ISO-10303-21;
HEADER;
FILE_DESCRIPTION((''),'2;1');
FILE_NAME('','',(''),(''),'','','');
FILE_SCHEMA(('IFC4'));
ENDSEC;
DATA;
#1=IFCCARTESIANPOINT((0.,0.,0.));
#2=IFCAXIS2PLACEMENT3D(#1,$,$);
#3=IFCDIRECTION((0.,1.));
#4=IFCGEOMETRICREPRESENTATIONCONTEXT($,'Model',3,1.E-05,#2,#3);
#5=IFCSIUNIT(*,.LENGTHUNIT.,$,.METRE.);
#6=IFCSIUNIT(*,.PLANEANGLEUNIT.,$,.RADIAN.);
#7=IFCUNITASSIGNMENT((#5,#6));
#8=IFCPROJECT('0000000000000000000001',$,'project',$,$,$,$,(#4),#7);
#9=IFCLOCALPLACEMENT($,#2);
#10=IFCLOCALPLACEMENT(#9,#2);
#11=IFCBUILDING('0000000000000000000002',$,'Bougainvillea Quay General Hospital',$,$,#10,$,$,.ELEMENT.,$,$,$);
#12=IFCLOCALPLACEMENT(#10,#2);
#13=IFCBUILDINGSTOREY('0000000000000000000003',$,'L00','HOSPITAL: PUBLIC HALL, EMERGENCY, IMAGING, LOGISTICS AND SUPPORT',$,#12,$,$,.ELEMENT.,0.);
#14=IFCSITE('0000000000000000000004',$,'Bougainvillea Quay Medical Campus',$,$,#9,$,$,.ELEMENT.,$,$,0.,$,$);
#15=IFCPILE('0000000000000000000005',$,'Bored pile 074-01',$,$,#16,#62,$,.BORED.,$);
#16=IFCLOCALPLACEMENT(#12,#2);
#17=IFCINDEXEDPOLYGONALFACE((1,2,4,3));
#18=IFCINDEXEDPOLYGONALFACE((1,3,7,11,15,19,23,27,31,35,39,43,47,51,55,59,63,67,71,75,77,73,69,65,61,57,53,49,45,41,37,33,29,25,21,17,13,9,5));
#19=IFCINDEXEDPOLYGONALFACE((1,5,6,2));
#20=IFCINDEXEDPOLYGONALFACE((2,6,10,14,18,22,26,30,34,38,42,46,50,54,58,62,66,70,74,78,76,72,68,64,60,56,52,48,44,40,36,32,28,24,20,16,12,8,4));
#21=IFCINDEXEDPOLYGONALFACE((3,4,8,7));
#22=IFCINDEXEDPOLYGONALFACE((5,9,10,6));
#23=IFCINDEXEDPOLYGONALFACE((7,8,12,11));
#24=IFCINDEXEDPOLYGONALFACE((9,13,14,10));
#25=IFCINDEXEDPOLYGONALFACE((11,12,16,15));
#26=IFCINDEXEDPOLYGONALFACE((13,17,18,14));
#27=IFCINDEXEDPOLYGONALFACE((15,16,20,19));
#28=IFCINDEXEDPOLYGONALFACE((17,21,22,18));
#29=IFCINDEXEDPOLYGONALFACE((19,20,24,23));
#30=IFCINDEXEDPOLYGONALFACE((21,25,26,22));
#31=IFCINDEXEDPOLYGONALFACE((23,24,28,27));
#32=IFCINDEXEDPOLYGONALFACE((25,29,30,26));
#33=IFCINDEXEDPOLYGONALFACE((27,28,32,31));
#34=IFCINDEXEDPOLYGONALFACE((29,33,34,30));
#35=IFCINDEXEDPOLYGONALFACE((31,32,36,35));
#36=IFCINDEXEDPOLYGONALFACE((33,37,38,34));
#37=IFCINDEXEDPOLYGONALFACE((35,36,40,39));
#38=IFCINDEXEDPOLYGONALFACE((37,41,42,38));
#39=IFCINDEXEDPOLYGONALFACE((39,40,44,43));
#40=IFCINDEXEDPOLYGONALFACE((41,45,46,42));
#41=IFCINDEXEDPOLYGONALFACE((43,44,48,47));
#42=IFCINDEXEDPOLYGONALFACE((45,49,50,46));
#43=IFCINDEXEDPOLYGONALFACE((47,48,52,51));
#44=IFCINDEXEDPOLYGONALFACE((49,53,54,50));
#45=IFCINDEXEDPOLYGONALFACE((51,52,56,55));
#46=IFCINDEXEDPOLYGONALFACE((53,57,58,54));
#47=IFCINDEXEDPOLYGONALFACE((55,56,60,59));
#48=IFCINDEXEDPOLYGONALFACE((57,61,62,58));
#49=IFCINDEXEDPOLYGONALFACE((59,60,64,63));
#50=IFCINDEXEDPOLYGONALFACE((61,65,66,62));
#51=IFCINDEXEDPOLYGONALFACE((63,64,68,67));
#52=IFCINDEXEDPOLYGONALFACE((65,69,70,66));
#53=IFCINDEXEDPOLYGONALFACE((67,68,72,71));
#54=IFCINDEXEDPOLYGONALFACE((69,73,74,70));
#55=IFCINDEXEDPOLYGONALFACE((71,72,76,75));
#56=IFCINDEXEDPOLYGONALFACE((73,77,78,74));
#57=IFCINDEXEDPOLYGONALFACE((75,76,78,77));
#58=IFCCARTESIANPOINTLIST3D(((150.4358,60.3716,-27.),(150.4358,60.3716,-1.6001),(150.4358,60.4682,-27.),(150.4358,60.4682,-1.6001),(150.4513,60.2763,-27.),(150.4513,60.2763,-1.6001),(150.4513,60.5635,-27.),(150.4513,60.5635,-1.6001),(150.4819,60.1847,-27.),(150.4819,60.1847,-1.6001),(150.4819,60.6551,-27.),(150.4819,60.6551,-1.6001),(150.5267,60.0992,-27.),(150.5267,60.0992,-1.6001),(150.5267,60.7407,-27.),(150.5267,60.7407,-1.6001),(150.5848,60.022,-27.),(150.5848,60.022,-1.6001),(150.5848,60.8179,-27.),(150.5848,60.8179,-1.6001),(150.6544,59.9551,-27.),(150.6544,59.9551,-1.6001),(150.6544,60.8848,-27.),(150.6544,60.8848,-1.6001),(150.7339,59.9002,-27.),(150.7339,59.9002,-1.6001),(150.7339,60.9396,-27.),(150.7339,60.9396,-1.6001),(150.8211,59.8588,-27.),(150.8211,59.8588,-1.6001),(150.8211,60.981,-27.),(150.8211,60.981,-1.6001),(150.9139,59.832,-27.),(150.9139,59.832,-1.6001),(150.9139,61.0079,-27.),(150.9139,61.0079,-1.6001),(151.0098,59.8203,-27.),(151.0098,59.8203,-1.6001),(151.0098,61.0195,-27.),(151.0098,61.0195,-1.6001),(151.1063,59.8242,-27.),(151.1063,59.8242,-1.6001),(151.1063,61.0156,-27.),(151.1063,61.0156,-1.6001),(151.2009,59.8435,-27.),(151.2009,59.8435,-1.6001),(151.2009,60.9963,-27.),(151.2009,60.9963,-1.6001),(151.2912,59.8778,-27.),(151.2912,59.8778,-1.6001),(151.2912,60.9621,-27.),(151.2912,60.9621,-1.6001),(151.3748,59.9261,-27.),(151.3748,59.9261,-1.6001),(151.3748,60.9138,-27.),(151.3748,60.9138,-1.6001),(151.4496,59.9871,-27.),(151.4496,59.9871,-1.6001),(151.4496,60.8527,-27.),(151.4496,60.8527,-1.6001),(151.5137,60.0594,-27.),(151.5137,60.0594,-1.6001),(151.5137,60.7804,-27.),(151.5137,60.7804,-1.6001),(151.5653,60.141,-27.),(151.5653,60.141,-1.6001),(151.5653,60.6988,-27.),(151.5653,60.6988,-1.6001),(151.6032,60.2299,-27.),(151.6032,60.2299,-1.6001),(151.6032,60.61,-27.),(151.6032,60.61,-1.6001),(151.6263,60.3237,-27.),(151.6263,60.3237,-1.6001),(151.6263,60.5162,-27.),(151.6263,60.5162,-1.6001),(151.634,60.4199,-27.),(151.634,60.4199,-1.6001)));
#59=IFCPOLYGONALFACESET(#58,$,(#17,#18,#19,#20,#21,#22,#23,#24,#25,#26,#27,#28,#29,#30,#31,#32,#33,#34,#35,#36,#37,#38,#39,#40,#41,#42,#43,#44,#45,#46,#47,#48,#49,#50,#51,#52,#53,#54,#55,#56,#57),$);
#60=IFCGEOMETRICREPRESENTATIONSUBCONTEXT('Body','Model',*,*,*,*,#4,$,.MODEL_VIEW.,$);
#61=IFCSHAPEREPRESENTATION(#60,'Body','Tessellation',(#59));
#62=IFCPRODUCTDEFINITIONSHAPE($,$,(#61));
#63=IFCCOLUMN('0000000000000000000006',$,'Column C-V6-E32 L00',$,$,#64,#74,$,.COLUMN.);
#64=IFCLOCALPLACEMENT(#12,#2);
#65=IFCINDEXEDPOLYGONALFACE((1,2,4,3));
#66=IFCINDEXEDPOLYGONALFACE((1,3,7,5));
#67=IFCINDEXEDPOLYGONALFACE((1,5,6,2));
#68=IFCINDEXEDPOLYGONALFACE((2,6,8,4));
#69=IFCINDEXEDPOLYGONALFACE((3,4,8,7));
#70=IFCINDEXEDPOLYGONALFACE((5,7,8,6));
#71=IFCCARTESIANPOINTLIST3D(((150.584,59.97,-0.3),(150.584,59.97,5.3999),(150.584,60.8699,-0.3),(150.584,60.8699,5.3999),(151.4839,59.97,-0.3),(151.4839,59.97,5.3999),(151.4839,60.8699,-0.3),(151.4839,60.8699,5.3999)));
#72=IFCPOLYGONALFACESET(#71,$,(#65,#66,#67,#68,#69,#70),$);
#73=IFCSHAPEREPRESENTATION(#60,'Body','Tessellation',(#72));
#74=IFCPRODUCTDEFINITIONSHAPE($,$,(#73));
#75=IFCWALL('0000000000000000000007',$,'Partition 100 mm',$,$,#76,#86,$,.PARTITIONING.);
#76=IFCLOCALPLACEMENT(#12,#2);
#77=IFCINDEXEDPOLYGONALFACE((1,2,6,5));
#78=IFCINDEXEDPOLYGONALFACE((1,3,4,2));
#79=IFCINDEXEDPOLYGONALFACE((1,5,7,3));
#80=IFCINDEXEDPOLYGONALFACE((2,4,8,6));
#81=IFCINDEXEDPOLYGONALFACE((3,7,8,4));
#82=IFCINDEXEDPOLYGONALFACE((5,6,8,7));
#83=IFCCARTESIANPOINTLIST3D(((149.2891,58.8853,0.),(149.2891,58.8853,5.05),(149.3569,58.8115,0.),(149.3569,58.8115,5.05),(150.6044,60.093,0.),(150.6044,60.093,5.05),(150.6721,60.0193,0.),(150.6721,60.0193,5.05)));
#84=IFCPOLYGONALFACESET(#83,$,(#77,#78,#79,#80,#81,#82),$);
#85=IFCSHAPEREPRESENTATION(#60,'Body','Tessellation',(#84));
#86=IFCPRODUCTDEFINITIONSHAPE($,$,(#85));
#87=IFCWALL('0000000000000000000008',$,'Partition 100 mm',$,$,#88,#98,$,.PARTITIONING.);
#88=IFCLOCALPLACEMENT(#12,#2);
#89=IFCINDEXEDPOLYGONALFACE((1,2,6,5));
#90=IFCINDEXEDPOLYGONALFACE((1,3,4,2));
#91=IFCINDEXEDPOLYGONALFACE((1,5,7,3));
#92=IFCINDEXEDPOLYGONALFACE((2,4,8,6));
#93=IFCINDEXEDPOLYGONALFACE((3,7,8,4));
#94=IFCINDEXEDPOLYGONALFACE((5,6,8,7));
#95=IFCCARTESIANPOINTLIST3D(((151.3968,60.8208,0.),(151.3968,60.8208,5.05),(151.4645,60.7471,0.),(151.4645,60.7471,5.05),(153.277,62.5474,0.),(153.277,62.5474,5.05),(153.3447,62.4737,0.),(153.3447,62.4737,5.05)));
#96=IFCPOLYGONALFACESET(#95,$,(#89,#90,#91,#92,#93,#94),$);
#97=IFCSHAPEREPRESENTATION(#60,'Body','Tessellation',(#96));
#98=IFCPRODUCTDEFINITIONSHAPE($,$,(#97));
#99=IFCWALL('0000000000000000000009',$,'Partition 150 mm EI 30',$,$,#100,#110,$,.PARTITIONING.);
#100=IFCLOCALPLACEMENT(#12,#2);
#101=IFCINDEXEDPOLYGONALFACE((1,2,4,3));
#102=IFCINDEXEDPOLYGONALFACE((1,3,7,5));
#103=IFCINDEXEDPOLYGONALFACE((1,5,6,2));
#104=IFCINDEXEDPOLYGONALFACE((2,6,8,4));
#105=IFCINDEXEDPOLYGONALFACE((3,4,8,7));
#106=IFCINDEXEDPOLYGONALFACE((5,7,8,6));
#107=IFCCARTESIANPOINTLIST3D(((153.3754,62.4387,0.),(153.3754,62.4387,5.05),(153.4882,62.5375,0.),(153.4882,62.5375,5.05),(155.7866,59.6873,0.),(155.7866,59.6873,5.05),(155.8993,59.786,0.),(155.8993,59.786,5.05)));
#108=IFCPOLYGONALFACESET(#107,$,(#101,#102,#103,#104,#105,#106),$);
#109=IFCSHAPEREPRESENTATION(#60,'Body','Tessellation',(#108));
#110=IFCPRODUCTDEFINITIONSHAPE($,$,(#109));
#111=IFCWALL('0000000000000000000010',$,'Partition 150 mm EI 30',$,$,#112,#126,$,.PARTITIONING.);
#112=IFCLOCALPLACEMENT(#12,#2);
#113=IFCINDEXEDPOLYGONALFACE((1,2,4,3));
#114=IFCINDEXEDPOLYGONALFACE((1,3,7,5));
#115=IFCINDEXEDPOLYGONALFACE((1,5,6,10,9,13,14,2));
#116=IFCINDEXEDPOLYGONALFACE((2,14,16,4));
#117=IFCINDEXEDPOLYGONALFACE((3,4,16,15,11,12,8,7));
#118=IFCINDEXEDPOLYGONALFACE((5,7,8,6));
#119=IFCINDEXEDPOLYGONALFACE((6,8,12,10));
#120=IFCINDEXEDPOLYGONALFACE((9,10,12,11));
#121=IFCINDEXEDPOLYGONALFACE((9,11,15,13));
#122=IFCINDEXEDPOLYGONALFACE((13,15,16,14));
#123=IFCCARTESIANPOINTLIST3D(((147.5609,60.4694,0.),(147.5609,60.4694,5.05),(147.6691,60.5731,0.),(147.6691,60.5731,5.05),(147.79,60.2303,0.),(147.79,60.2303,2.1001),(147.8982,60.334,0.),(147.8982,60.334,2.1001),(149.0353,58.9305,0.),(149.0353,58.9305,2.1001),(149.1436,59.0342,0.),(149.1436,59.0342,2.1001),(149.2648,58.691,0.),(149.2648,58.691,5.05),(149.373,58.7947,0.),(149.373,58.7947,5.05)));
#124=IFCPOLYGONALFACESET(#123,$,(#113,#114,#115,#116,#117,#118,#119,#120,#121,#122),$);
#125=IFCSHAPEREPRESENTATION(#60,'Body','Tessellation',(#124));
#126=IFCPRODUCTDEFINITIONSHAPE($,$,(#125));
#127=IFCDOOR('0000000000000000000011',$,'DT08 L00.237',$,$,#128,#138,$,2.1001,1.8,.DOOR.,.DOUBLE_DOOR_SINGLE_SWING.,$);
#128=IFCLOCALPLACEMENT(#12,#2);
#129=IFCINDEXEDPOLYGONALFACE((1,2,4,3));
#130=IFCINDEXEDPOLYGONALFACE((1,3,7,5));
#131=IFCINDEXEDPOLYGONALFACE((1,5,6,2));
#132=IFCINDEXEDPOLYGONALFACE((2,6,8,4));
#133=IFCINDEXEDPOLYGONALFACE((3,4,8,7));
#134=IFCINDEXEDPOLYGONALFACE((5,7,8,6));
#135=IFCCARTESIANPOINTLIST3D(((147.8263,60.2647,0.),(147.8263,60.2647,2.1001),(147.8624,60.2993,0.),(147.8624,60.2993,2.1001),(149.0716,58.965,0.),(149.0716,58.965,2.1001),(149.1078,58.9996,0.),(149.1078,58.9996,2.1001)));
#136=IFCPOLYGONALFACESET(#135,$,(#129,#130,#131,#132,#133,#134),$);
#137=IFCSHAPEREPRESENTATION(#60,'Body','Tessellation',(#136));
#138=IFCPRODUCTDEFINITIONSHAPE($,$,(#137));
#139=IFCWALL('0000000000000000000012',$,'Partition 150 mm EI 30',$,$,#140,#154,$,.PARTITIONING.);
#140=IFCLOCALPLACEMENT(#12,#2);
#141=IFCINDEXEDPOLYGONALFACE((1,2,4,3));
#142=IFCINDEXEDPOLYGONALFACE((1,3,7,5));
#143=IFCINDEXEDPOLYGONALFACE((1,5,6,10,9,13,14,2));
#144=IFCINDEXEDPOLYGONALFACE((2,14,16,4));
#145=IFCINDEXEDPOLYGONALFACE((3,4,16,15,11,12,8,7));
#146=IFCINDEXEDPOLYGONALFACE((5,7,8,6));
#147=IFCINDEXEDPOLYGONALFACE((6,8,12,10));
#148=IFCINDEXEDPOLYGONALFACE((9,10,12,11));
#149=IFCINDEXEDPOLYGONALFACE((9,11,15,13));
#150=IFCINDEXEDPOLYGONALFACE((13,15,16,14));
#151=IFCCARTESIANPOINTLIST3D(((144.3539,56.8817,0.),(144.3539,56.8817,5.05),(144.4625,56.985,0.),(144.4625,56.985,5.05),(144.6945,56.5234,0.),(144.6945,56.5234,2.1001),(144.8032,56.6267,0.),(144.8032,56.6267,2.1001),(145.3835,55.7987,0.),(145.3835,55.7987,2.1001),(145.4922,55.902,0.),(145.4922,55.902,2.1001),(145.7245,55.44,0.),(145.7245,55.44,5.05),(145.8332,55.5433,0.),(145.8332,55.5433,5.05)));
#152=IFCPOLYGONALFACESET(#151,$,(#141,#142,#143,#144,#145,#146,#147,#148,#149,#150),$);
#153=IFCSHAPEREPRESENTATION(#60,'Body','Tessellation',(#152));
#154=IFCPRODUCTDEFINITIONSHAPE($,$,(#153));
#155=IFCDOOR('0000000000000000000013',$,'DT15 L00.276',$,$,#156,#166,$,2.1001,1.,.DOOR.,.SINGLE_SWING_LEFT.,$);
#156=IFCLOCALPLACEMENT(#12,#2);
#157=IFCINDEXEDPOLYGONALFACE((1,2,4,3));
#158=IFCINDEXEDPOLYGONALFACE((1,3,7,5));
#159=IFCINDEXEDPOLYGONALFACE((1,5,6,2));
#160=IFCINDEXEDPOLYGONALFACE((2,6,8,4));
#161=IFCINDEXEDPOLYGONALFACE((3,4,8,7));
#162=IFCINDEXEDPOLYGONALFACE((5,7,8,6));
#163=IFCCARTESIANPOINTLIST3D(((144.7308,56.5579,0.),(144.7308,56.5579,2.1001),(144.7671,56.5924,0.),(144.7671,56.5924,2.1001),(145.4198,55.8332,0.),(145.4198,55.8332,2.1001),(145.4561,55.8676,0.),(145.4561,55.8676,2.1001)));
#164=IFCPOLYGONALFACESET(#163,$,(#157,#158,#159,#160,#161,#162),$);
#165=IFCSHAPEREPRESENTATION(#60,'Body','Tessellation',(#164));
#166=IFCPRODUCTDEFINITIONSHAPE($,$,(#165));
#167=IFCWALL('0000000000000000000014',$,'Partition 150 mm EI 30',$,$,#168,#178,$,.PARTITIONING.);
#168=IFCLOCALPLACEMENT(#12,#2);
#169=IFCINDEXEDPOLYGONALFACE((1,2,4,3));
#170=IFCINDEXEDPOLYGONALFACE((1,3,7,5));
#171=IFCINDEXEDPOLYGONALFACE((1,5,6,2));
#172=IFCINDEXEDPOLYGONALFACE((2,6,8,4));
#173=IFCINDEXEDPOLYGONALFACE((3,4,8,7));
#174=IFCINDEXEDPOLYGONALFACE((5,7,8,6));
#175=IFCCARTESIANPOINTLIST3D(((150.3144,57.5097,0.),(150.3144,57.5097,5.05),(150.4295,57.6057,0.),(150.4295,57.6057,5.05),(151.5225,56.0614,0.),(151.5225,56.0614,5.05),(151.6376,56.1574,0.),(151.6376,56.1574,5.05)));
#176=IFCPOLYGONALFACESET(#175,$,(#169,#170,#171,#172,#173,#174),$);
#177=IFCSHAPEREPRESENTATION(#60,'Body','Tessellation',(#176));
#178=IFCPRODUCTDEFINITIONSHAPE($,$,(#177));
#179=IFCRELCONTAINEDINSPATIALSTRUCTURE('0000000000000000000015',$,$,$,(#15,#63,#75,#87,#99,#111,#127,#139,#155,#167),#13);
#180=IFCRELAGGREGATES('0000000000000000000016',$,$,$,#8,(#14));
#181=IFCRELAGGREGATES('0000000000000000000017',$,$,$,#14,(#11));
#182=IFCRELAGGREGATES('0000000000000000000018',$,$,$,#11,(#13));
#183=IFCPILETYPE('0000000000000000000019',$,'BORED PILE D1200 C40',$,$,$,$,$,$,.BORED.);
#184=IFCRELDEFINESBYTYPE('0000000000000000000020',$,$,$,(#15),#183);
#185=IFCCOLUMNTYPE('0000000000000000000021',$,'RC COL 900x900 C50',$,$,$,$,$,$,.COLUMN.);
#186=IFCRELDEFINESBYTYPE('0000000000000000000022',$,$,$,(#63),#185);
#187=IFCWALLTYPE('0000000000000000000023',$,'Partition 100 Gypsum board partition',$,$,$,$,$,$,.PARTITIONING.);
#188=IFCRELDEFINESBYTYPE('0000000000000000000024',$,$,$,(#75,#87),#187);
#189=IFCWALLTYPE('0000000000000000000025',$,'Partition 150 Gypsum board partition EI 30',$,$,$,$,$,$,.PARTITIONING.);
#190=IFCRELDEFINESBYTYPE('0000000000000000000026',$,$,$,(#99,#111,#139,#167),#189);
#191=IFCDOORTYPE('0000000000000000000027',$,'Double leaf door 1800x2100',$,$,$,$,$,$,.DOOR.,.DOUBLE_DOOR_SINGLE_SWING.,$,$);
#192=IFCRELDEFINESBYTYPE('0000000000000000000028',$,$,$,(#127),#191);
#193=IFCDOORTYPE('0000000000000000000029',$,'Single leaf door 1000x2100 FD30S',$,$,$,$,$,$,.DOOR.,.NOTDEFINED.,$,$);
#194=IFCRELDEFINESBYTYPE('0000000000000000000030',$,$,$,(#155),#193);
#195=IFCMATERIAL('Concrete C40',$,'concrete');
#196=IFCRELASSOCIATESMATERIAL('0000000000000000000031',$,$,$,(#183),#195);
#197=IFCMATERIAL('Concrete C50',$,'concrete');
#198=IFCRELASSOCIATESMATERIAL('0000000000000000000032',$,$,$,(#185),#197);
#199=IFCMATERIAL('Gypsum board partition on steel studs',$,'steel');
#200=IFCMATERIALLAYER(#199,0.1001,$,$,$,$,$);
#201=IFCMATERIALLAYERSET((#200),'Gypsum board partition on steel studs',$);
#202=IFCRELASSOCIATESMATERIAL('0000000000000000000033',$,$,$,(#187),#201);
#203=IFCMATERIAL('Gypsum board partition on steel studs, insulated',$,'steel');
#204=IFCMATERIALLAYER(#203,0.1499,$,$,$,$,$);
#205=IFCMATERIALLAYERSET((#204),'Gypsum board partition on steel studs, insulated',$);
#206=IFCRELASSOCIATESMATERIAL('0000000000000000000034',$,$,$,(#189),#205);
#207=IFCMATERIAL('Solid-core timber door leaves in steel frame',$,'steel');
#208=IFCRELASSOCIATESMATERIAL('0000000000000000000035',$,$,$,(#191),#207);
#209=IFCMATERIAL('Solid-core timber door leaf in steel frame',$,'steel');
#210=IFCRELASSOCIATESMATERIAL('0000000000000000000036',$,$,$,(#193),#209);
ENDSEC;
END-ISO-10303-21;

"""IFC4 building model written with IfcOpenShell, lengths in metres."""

from ifc_helpers import new_model, si_unit, direction, frame, frame_2d, origin, origin_2d, place, context, subcontext, project, spatial, rectangle, circle, extrude, material, layer, layer_set, material_profile, profile_set, type_object, element, fill, save


model = new_model("IFC4")

# Units and contexts
model_context = context("Model", 3, precision=1e-05, world=origin(), true_north=direction((0.0, 1.0)))
body_context = subcontext(model_context, "Body", "Model", "MODEL_VIEW")
ifc_project = project(units=[si_unit("LENGTHUNIT", "METRE"), si_unit("PLANEANGLEUNIT", "RADIAN")], contexts=[model_context])

# Site, building, storey
site_placement = place(None, origin())
site = spatial("IfcSite", under=ifc_project, at=site_placement, Name="Bougainvillea Quay Medical Campus", CompositionType="ELEMENT", RefElevation=0.0)
building_placement = place(site_placement, origin())
building = spatial("IfcBuilding", under=site, at=building_placement, Name="Bougainvillea Quay General Hospital", CompositionType="ELEMENT")
storey_placement = place(building_placement, origin())
storey = spatial("IfcBuildingStorey", under=building, at=storey_placement, Name="L00", Description="HOSPITAL: PUBLIC HALL, EMERGENCY, IMAGING, LOGISTICS AND SUPPORT", CompositionType="ELEMENT", Elevation=0.0)

# Pile
ifc_material_1 = material(Name="Concrete C40", Category="concrete")
ifc_material_profile_1 = material_profile(ifc_material_1, circle(Radius=0.6001, at=origin_2d()))
ifc_profile_set_1 = profile_set([ifc_material_profile_1], Name="Concrete C40")
pile_type = type_object("IfcPileType", Name="BORED PILE D1200 C40", PredefinedType="BORED", material=ifc_profile_set_1)
pile_placement = place(storey_placement, frame((151.0339, 60.4199, -1.6001), z_axis=(0.0, 0.0, -1.0), x_axis=(1.0, 0.0, 0.0)))
element("IfcPile", 1, at=pile_placement, inside=storey, type_object=pile_type, Name="Bored pile 074-01", PredefinedType="BORED", context=body_context, shape_type="SweptSolid", body=[
    extrude(circle(Radius=0.6001, at=origin_2d()), origin(), (0.0, 0.0, 1.0), 25.3999),
])

# Column
ifc_material_2 = material(Name="Concrete C50", Category="concrete")
ifc_material_profile_2 = material_profile(ifc_material_2, rectangle(XDim=0.8999, YDim=0.8999, at=origin_2d()))
ifc_profile_set_2 = profile_set([ifc_material_profile_2], Name="Concrete C50")
column_type = type_object("IfcColumnType", Name="RC COL 900x900 C50", PredefinedType="COLUMN", material=ifc_profile_set_2)
column_placement = place(storey_placement, frame((151.0339, 60.4199, -0.3), z_axis=(0.0, 0.0, 1.0), x_axis=(1.0, 0.0, 0.0)))
element("IfcColumn", 2, at=column_placement, inside=storey, type_object=column_type, Name="Column C-V6-E32 L00", PredefinedType="COLUMN", context=body_context, shape_type="SweptSolid", body=[
    extrude(rectangle(XDim=0.8999, YDim=0.8999, at=origin_2d()), origin(), (0.0, 0.0, 1.0), 5.7),
])

# Walls
ifc_material_3 = material(Name="Gypsum board partition on steel studs", Category="steel")
ifc_layer_1 = layer(ifc_material_3, 0.1001)
ifc_layer_set_1 = layer_set([ifc_layer_1], Name="Gypsum board partition on steel studs")
wall_type_1 = type_object("IfcWallType", Name="Partition 100 Gypsum board partition", PredefinedType="PARTITIONING", material=ifc_layer_set_1)
wall_1_placement = place(storey_placement, frame((149.323, 58.8484, 0.0), z_axis=(0.0, 0.0, 1.0), x_axis=(0.736547, 0.676387, 0.0)))
element("IfcWall", 3, at=wall_1_placement, inside=storey, type_object=wall_type_1, Name="Partition 100 mm", PredefinedType="PARTITIONING", context=body_context, shape_type="SweptSolid", body=[
    extrude(rectangle(XDim=1.7856, YDim=0.1001, at=frame_2d((0.8928, 0.0))), origin(), (0.0, 0.0, 1.0), 5.05),
])
wall_2_placement = place(storey_placement, frame((151.4307, 60.7839, 0.0), z_axis=(0.0, 0.0, 1.0), x_axis=(0.736546, 0.676387, 0.0)))
element("IfcWall", 4, at=wall_2_placement, inside=storey, type_object=wall_type_1, Name="Partition 100 mm", PredefinedType="PARTITIONING", context=body_context, shape_type="SweptSolid", body=[
    extrude(rectangle(XDim=2.5527, YDim=0.1001, at=frame_2d((1.2764, 0.0))), origin(), (0.0, 0.0, 1.0), 5.05),
])
ifc_material_4 = material(Name="Gypsum board partition on steel studs, insulated", Category="steel")
ifc_layer_2 = layer(ifc_material_4, 0.1499)
ifc_layer_set_2 = layer_set([ifc_layer_2], Name="Gypsum board partition on steel studs, insulated")
wall_type_2 = type_object("IfcWallType", Name="Partition 150 Gypsum board partition EI 30", PredefinedType="PARTITIONING", material=ifc_layer_set_2)
wall_3_placement = place(storey_placement, frame((153.4319, 62.488, 0.0), z_axis=(0.0, 0.0, 1.0), x_axis=(0.659062, -0.752089, 0.0)))
element("IfcWall", 5, at=wall_3_placement, inside=storey, type_object=wall_type_2, Name="Partition 150 mm EI 30", PredefinedType="PARTITIONING", context=body_context, shape_type="SweptSolid", body=[
    extrude(rectangle(XDim=3.6584, YDim=0.1499, at=frame_2d((1.8291, 0.0))), origin(), (0.0, 0.0, 1.0), 5.05),
])

# Walls, openings, doors
wall_4_placement = place(storey_placement, frame((147.615, 60.5212, 0.0), z_axis=(0.0, 0.0, 1.0), x_axis=(0.691828, -0.722062, 0.0)))
wall_4 = element("IfcWall", 6, at=wall_4_placement, inside=storey, type_object=wall_type_2, Name="Partition 150 mm EI 30", PredefinedType="PARTITIONING", context=body_context, shape_type="SweptSolid", body=[
    extrude(rectangle(XDim=2.4629, YDim=0.1499, at=frame_2d((1.2314, 0.0))), origin(), (0.0, 0.0, 1.0), 5.05),
])
opening_1_placement = place(wall_4_placement, frame((0.3313, 0.0, 0.0)))
opening_1 = element("IfcOpeningElement", 7, at=opening_1_placement, cuts=wall_4, PredefinedType="OPENING", context=body_context, shape_type="SweptSolid", body=[
    extrude(rectangle(XDim=1.8, YDim=2.1001, at=frame_2d((0.8999, 1.05))), frame((0.0, 0.085, 0.0), z_axis=(0.0, -1.0, 0.0), x_axis=(1.0, 0.0, 0.0)), (0.0, 0.0, 1.0), 0.1699),
])
ifc_material_5 = material(Name="Solid-core timber door leaves in steel frame", Category="steel")
door_type_1 = type_object("IfcDoorType", Name="Double leaf door 1800x2100", OperationType="DOUBLE_DOOR_SINGLE_SWING", PredefinedType="DOOR", material=ifc_material_5)
door_1_placement = place(opening_1_placement, frame((1.8, 0.0, 0.0), z_axis=(0.0, 0.0, 1.0), x_axis=(-1.0, 0.0, 0.0)))
door_1 = element("IfcDoor", 8, at=door_1_placement, inside=storey, type_object=door_type_1, Name="DT08 L00.237", OperationType="DOUBLE_DOOR_SINGLE_SWING", OverallHeight=2.1001, OverallWidth=1.8, PredefinedType="DOOR", context=body_context, shape_type="SweptSolid", body=[
    extrude(rectangle(XDim=1.8, YDim=2.1001, at=frame_2d((0.8999, 1.05))), frame((0.0, 0.0249, 0.0), z_axis=(0.0, -1.0, 0.0), x_axis=(1.0, 0.0, 0.0)), (0.0, 0.0, 1.0), 0.05),
])
fill(opening_1, door_1)
wall_5_placement = place(storey_placement, frame((144.4082, 56.9333, 0.0), z_axis=(0.0, 0.0, 1.0), x_axis=(0.689024, -0.724739, 0.0)))
wall_5 = element("IfcWall", 9, at=wall_5_placement, inside=storey, type_object=wall_type_2, Name="Partition 150 mm EI 30", PredefinedType="PARTITIONING", context=body_context, shape_type="SweptSolid", body=[
    extrude(rectangle(XDim=1.9893, YDim=0.1499, at=frame_2d((0.9946, 0.0))), origin(), (0.0, 0.0, 1.0), 5.05),
])
opening_2_placement = place(wall_5_placement, frame((0.4944, 0.0, 0.0)))
opening_2 = element("IfcOpeningElement", 10, at=opening_2_placement, cuts=wall_5, PredefinedType="OPENING", context=body_context, shape_type="SweptSolid", body=[
    extrude(rectangle(XDim=1.0, YDim=2.1001, at=frame_2d((0.5, 1.05))), frame((0.0, 0.085, 0.0), z_axis=(0.0, -1.0, 0.0), x_axis=(1.0, 0.0, 0.0)), (0.0, 0.0, 1.0), 0.1699),
])
ifc_material_6 = material(Name="Solid-core timber door leaf in steel frame", Category="steel")
door_type_2 = type_object("IfcDoorType", Name="Single leaf door 1000x2100 FD30S", OperationType="NOTDEFINED", PredefinedType="DOOR", material=ifc_material_6)
door_2_placement = place(opening_2_placement, frame((1.0, 0.0, 0.0), z_axis=(0.0, 0.0, 1.0), x_axis=(-1.0, 0.0, 0.0)))
door_2 = element("IfcDoor", 11, at=door_2_placement, inside=storey, type_object=door_type_2, Name="DT15 L00.276", OperationType="SINGLE_SWING_LEFT", OverallHeight=2.1001, OverallWidth=1.0, PredefinedType="DOOR", context=body_context, shape_type="SweptSolid", body=[
    extrude(rectangle(XDim=1.0, YDim=2.1001, at=frame_2d((0.5, 1.05))), frame((0.0, 0.0249, 0.0), z_axis=(0.0, -1.0, 0.0), x_axis=(1.0, 0.0, 0.0)), (0.0, 0.0, 1.0), 0.05),
])
fill(opening_2, door_2)

# Wall
wall_6_placement = place(storey_placement, frame((150.3721, 57.5576, 0.0), z_axis=(0.0, 0.0, 1.0), x_axis=(0.640541, -0.767924, 0.0)))
element("IfcWall", 12, at=wall_6_placement, inside=storey, type_object=wall_type_2, Name="Partition 150 mm EI 30", PredefinedType="PARTITIONING", context=body_context, shape_type="SweptSolid", body=[
    extrude(rectangle(XDim=1.886, YDim=0.1499, at=frame_2d((0.9429, 0.0))), origin(), (0.0, 0.0, 1.0), 5.05),
])

save(model, "model.ifc")
